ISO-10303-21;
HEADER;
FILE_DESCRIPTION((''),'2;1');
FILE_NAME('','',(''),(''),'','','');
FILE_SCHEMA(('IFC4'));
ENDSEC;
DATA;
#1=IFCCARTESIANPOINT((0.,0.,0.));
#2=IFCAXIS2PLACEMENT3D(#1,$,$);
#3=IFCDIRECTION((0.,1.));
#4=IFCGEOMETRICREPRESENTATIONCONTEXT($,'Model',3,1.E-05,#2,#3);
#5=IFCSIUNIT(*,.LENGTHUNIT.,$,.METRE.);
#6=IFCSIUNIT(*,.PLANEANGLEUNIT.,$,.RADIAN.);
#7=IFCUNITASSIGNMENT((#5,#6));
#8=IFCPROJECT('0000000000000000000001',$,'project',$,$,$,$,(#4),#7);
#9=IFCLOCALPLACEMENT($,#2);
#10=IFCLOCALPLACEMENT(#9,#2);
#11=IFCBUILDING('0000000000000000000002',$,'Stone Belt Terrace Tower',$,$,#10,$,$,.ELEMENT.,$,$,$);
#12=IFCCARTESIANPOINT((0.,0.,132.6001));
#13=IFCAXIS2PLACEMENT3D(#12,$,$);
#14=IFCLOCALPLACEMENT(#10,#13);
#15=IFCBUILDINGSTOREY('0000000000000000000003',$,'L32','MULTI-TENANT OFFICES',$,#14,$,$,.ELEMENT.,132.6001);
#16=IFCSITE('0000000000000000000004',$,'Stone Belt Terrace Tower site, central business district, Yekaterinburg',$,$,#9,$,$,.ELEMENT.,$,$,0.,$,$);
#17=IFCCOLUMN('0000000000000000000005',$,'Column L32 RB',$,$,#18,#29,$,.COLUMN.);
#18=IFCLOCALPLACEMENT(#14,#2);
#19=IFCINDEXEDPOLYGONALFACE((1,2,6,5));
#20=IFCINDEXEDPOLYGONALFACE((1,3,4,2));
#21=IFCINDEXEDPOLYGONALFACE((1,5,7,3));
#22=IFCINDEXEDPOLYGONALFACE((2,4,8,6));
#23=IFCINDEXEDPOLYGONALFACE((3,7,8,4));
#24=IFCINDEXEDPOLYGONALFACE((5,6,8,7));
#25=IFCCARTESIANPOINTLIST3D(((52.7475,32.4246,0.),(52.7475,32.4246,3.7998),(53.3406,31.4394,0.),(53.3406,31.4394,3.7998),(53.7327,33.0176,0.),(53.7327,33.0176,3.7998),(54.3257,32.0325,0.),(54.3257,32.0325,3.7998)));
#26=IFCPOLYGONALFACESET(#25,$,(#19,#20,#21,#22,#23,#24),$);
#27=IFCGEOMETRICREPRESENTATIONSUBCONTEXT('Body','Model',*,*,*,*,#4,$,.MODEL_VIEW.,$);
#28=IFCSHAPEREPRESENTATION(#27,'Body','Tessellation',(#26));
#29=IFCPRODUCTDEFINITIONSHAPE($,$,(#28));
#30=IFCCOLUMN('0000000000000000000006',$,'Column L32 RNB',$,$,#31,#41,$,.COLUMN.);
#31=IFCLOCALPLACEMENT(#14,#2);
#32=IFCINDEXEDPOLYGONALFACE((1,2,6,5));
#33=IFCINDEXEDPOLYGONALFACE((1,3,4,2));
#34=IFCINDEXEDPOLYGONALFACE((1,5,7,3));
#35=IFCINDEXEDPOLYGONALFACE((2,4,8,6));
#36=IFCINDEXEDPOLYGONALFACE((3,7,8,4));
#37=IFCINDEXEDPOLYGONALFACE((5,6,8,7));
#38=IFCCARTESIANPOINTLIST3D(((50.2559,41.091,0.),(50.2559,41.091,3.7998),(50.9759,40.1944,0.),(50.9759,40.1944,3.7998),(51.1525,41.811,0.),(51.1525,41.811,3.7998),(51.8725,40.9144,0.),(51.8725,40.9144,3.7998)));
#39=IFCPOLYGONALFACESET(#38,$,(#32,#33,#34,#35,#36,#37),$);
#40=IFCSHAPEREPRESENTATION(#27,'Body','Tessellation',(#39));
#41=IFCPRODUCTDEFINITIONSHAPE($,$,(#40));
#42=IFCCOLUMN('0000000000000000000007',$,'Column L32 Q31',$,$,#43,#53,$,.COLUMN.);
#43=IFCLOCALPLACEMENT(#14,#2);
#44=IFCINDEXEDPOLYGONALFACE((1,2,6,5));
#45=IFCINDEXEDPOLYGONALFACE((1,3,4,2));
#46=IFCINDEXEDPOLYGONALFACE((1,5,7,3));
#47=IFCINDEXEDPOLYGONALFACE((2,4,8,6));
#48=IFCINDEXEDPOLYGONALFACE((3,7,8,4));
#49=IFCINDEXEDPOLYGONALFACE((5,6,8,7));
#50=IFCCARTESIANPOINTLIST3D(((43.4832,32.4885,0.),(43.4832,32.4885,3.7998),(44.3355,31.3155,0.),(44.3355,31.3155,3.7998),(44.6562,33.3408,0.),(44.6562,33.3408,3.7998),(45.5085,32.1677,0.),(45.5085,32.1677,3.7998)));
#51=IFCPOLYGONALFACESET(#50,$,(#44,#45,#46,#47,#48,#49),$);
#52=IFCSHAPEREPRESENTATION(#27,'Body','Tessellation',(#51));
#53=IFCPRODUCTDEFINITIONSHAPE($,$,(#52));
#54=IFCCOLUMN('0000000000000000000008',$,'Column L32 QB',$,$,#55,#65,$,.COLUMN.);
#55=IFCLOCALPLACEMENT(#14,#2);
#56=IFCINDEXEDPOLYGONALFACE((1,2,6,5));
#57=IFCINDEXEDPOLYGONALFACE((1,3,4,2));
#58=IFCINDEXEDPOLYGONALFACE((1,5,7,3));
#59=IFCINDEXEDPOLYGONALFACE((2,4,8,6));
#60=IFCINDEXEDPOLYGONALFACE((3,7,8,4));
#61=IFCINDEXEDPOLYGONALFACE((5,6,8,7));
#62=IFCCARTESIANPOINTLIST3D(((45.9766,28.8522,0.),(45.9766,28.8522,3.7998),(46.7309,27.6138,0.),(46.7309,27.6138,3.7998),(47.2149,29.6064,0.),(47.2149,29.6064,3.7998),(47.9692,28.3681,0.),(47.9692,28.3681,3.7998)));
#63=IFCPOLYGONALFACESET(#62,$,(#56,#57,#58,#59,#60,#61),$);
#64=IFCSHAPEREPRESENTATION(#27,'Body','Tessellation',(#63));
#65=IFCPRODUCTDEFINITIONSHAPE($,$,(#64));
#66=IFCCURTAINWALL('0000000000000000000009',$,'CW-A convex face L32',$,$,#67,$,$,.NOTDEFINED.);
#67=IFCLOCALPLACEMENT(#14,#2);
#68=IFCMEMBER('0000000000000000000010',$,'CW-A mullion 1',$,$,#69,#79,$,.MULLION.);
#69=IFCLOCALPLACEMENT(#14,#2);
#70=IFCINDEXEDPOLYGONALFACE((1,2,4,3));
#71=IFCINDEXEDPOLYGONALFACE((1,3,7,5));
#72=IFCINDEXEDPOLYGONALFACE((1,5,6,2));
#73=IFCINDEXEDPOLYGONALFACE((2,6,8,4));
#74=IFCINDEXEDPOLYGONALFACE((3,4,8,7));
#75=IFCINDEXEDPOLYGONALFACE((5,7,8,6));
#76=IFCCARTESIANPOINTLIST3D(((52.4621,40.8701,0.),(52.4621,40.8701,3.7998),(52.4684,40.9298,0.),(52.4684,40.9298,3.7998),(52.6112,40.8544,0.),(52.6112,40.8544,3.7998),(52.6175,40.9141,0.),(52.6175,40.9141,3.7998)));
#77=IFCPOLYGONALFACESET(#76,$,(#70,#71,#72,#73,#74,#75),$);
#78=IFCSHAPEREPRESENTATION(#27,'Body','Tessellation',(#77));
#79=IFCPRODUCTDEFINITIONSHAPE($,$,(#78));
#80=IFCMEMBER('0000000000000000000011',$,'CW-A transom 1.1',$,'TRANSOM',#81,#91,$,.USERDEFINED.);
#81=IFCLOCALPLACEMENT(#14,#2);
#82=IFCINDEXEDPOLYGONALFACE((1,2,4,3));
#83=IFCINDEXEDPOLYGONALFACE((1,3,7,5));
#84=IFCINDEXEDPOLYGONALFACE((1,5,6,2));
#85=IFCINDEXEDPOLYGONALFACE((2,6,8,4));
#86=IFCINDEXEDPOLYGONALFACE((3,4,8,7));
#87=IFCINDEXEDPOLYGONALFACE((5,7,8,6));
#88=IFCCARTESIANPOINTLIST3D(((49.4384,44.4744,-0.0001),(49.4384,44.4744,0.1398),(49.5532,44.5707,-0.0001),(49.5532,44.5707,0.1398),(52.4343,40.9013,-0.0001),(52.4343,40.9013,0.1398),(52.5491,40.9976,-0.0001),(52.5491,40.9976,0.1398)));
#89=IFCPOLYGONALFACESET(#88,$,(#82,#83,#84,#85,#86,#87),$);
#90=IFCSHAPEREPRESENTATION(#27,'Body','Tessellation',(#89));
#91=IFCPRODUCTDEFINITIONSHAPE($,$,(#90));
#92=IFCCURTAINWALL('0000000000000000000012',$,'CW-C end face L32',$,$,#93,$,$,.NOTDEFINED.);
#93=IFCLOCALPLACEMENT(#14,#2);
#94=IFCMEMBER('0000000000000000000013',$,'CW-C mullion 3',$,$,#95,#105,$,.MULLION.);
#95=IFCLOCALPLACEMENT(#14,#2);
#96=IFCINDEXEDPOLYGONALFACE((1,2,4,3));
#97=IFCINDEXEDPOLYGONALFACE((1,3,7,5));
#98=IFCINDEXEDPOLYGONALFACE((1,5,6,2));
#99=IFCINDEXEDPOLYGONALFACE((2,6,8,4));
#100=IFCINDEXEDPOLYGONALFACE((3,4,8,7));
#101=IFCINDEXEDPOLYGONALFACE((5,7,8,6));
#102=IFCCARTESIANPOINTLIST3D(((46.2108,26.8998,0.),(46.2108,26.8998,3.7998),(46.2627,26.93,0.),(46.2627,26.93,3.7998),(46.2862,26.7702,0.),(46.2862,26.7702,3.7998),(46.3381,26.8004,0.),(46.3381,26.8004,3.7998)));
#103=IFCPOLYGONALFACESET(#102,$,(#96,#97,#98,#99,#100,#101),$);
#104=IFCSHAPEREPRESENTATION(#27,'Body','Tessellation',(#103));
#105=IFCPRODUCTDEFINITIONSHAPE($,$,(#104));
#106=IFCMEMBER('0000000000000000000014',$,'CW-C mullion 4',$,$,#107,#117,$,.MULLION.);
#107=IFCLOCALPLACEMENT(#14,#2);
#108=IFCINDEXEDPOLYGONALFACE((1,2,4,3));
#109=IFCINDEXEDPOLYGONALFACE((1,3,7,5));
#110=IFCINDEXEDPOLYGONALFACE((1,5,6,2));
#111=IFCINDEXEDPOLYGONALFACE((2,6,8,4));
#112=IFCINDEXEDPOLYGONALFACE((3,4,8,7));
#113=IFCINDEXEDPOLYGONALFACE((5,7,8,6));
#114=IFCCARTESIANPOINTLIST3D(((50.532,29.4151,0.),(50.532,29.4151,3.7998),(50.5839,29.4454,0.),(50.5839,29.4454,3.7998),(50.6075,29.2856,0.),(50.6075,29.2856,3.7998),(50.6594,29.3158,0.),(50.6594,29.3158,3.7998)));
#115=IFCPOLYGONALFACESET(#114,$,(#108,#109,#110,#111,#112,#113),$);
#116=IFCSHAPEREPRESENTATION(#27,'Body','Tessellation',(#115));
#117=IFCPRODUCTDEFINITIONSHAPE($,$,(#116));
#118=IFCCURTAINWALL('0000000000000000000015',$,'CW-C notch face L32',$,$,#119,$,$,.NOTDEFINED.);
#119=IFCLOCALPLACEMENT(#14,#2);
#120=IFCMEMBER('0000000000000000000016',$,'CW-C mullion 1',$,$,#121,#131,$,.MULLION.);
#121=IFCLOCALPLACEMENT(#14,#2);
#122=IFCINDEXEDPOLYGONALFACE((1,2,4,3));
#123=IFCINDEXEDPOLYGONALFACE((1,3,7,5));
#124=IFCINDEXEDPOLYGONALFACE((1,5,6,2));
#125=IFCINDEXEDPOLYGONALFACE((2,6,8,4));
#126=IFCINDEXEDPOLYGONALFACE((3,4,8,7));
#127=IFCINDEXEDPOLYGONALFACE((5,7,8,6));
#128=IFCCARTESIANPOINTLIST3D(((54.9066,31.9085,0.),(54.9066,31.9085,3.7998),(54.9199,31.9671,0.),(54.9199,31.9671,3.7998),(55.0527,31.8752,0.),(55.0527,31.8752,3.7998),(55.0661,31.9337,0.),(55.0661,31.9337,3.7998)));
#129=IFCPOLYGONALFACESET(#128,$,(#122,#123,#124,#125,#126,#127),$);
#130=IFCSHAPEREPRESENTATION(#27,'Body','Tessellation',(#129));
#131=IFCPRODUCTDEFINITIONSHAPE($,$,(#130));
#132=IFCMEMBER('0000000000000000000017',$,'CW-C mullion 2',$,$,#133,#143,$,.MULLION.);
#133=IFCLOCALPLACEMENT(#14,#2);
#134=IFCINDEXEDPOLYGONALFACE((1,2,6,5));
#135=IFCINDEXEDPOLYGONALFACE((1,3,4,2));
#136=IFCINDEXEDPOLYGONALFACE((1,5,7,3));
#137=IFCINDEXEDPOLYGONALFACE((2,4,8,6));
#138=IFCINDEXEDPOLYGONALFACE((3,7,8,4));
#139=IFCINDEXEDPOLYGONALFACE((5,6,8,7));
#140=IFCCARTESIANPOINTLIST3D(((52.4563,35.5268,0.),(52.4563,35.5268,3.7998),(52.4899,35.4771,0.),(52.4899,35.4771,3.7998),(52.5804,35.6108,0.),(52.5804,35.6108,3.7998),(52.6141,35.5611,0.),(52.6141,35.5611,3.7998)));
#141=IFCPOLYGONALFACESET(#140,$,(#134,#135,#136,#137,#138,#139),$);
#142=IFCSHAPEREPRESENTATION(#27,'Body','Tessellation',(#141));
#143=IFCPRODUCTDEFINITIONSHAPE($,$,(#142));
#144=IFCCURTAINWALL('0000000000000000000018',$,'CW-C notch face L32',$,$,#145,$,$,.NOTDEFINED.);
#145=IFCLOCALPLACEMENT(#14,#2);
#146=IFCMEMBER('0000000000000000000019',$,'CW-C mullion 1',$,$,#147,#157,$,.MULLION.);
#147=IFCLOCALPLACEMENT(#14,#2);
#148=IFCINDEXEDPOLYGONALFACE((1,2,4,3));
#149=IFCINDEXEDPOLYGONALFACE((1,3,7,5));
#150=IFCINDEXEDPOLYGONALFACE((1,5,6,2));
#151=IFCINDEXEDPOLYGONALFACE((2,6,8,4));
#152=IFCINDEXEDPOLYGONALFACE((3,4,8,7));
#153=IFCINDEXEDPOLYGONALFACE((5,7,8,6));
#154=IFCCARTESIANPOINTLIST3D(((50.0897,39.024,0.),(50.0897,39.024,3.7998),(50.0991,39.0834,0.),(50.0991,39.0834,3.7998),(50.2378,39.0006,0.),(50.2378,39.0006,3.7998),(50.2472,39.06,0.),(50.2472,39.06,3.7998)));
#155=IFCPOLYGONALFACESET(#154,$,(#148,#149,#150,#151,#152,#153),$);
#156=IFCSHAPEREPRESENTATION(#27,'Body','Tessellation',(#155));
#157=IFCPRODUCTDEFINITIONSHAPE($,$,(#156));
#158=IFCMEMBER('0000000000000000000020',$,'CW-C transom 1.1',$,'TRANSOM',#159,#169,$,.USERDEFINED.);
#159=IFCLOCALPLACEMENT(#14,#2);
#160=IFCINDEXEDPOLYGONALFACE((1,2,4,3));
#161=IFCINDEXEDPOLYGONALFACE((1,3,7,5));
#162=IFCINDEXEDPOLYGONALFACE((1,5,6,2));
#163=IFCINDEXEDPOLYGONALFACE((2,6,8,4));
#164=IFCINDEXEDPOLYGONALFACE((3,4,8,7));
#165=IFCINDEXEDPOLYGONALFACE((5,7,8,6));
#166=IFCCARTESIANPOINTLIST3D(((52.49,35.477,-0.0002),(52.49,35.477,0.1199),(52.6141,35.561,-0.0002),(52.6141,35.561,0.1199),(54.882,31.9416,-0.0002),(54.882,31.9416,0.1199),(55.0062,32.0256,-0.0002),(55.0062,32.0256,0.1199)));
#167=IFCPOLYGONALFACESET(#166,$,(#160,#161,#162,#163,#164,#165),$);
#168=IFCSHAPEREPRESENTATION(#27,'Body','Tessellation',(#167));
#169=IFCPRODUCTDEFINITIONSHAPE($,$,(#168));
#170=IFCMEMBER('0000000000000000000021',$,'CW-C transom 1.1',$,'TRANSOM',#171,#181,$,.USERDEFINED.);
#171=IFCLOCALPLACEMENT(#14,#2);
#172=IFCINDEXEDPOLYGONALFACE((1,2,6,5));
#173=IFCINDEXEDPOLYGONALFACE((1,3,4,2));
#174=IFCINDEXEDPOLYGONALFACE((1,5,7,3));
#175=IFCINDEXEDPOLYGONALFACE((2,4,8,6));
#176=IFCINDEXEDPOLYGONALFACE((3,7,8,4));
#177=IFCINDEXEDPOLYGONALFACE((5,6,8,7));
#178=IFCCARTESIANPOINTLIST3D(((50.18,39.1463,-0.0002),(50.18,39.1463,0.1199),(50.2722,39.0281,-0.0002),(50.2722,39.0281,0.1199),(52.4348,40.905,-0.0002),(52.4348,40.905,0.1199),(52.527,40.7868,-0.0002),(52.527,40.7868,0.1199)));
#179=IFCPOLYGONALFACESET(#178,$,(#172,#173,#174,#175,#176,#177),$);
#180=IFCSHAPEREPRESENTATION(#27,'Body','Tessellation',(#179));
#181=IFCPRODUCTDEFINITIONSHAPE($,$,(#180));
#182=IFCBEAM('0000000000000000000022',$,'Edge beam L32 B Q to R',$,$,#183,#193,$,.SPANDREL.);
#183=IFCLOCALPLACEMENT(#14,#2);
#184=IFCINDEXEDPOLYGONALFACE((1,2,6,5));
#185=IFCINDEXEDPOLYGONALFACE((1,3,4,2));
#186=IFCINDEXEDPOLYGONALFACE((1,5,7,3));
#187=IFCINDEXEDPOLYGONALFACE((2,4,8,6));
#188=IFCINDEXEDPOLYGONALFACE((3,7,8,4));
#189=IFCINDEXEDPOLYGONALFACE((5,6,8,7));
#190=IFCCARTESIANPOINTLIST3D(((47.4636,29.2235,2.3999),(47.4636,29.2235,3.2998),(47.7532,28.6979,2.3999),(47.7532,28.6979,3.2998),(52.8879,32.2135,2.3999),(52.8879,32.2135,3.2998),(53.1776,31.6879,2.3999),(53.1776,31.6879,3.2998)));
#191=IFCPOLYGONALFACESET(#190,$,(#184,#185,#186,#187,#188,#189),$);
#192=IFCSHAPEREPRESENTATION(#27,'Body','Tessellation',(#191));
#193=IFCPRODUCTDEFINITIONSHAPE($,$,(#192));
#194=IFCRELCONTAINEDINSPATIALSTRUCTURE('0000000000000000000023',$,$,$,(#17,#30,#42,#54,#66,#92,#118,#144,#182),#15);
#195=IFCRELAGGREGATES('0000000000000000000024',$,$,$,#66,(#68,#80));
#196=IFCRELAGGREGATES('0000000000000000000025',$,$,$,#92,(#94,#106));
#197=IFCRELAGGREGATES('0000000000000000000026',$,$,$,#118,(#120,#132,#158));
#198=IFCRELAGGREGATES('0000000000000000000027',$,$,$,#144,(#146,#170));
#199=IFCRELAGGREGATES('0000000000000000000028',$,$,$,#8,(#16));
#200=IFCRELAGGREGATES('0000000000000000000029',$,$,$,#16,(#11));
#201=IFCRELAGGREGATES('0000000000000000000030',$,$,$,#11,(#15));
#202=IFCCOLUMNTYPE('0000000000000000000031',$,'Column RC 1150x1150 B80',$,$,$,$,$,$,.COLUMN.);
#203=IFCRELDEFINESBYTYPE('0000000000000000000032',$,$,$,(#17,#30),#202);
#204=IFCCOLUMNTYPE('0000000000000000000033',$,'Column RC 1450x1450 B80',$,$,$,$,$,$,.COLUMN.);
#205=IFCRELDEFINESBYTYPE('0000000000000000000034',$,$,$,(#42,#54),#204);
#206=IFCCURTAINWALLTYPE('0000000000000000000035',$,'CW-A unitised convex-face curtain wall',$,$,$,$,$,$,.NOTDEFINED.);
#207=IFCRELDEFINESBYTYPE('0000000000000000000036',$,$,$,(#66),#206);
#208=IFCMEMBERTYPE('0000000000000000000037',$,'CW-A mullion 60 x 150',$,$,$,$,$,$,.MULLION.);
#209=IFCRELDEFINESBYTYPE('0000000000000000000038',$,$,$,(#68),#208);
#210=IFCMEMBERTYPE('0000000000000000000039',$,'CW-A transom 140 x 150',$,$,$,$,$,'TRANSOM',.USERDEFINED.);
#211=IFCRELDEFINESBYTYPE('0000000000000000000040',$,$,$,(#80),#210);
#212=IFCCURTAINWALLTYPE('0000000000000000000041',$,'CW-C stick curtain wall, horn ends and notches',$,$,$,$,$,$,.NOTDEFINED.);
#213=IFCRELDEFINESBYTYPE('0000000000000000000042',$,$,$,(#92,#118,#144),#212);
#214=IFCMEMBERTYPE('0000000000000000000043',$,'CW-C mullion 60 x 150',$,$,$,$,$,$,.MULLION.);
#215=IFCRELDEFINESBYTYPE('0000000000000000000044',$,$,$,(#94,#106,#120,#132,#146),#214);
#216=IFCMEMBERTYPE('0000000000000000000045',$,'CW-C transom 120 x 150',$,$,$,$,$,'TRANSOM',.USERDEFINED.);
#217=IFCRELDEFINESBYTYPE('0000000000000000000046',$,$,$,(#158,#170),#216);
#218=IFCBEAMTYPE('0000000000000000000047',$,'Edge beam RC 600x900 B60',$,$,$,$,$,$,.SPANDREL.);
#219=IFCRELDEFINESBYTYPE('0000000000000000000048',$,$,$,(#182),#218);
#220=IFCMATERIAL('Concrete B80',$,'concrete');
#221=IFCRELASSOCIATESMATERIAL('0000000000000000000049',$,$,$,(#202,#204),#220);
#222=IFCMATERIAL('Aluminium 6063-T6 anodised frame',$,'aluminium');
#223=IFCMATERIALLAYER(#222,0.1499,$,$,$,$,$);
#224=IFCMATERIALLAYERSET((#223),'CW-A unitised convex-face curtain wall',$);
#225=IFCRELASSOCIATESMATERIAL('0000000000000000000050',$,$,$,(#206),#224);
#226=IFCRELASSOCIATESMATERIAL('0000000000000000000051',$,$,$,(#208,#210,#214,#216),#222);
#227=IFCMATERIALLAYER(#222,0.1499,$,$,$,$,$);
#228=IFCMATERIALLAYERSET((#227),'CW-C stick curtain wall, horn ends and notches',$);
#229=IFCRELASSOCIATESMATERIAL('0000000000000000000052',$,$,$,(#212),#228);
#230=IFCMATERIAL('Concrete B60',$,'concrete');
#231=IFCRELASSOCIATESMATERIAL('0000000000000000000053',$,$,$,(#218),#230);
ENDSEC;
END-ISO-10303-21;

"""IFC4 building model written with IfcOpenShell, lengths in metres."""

from ifc_helpers import new_model, si_unit, direction, frame, origin, origin_2d, place, context, subcontext, project, spatial, rectangle, extrude, material, layer, layer_set, material_profile, profile_set, type_object, element, aggregate, save


model = new_model("IFC4")

# Units and contexts
model_context = context("Model", 3, precision=1e-05, world=origin(), true_north=direction((0.0, 1.0)))
body_context = subcontext(model_context, "Body", "Model", "MODEL_VIEW")
ifc_project = project(units=[si_unit("LENGTHUNIT", "METRE"), si_unit("PLANEANGLEUNIT", "RADIAN")], contexts=[model_context])

# Site, building, storey
site_placement = place(None, origin())
site = spatial("IfcSite", under=ifc_project, at=site_placement, Name="Stone Belt Terrace Tower site, central business district, Yekaterinburg", CompositionType="ELEMENT", RefElevation=0.0)
building_placement = place(site_placement, origin())
building = spatial("IfcBuilding", under=site, at=building_placement, Name="Stone Belt Terrace Tower", CompositionType="ELEMENT")
storey_placement = place(building_placement, frame((0.0, 0.0, 132.6001)))
storey = spatial("IfcBuildingStorey", under=building, at=storey_placement, Name="L32", Description="MULTI-TENANT OFFICES", CompositionType="ELEMENT", Elevation=132.6001)

# Columns
ifc_material_1 = material(Name="Concrete B80", Category="concrete")
ifc_material_profile_1 = material_profile(ifc_material_1, rectangle(XDim=1.1499, YDim=1.1499, at=origin_2d()), Name="RC 1150x1150")
ifc_profile_set_1 = profile_set([ifc_material_profile_1], Name="Concrete B80")
column_type_1 = type_object("IfcColumnType", Name="Column RC 1150x1150 B80", PredefinedType="COLUMN", material=ifc_profile_set_1)
for number, where, z_axis, x_axis, name in (
    (1, (53.5366, 32.2285, 0.0), (0.0, 0.0, 1.0), (0.51575, -0.856739, 0.0), "Column L32 RB"),
    (2, (51.0642, 41.0027, 0.0), (0.0, 0.0, 1.0), (0.626104, -0.779739, 0.0), "Column L32 RNB"),
):
    element("IfcColumn", number, at=place(storey_placement, frame(where, z_axis=z_axis, x_axis=x_axis)), inside=storey, type_object=column_type_1, Name=name, PredefinedType="COLUMN", context=body_context, shape_type="SweptSolid", body=[
        extrude(rectangle(XDim=1.1499, YDim=1.1499, at=origin_2d()), origin(), (0.0, 0.0, 1.0), 3.7998),
    ])
ifc_material_profile_2 = material_profile(ifc_material_1, rectangle(XDim=1.45, YDim=1.45, at=origin_2d()), Name="RC 1450x1450")
ifc_profile_set_2 = profile_set([ifc_material_profile_2], Name="Concrete B80")
column_type_2 = type_object("IfcColumnType", Name="Column RC 1450x1450 B80", PredefinedType="COLUMN", material=ifc_profile_set_2)
for number, where, z_axis, x_axis, name in (
    (3, (44.4958, 32.3281, 0.0), (0.0, 0.0, 1.0), (0.587785, -0.809017, 0.0), "Column L32 Q31"),
    (4, (46.9729, 28.6101, 0.0), (0.0, 0.0, 1.0), (0.520186, -0.854053, 0.0), "Column L32 QB"),
):
    element("IfcColumn", number, at=place(storey_placement, frame(where, z_axis=z_axis, x_axis=x_axis)), inside=storey, type_object=column_type_2, Name=name, PredefinedType="COLUMN", context=body_context, shape_type="SweptSolid", body=[
        extrude(rectangle(XDim=1.45, YDim=1.45, at=origin_2d()), origin(), (0.0, 0.0, 1.0), 3.7998),
    ])

# Curtain walls, members
ifc_material_2 = material(Name="Aluminium 6063-T6 anodised frame", Category="aluminium")
ifc_layer_1 = layer(ifc_material_2, 0.1499)
ifc_layer_set_1 = layer_set([ifc_layer_1], Name="CW-A unitised convex-face curtain wall")
curtain_wall_type_1 = type_object("IfcCurtainWallType", Name="CW-A unitised convex-face curtain wall", PredefinedType="NOTDEFINED", material=ifc_layer_set_1)
curtain_wall_1_placement = place(storey_placement, origin())
curtain_wall_1 = element("IfcCurtainWall", 5, at=curtain_wall_1_placement, inside=storey, type_object=curtain_wall_type_1, Name="CW-A convex face L32", PredefinedType="NOTDEFINED")
ifc_material_profile_3 = material_profile(ifc_material_2, rectangle(XDim=0.1499, YDim=0.0601, at=origin_2d()), Name="Aluminium 6063-T6 60x150")
ifc_profile_set_3 = profile_set([ifc_material_profile_3], Name="Aluminium 6063-T6 anodised frame")
member_type_1 = type_object("IfcMemberType", Name="CW-A mullion 60 x 150", PredefinedType="MULLION", material=ifc_profile_set_3)
member_1_placement = place(storey_placement, frame((52.5398, 40.8921, 0.0), z_axis=(0.0, 0.0, 1.0), x_axis=(-0.994465, 0.105071, 0.0)))
member_1 = element("IfcMember", 6, at=member_1_placement, type_object=member_type_1, Name="CW-A mullion 1", PredefinedType="MULLION", context=body_context, shape_type="SweptSolid", body=[
    extrude(rectangle(XDim=0.1499, YDim=0.0601, at=origin_2d()), origin(), (0.0, 0.0, 1.0), 3.7998),
])
ifc_material_profile_4 = material_profile(ifc_material_2, rectangle(XDim=0.1499, YDim=0.1399, at=origin_2d()), Name="Aluminium 6063-T6 150x140")
ifc_profile_set_4 = profile_set([ifc_material_profile_4], Name="Aluminium 6063-T6 anodised frame")
member_type_2 = type_object("IfcMemberType", Name="CW-A transom 140 x 150", ElementType="TRANSOM", PredefinedType="USERDEFINED", material=ifc_profile_set_4)
member_2_placement = place(storey_placement, frame((52.4917, 40.9495, 0.0698), z_axis=(-0.642504, 0.766282, 0.0), x_axis=(-0.766282, -0.642504, 0.0)))
member_2 = element("IfcMember", 7, at=member_2_placement, type_object=member_type_2, Name="CW-A transom 1.1", ObjectType="TRANSOM", PredefinedType="USERDEFINED", context=body_context, shape_type="SweptSolid", body=[
    extrude(rectangle(XDim=0.1499, YDim=0.1399, at=origin_2d()), origin(), (0.0, 0.0, 1.0), 4.6628),
])
aggregate(curtain_wall_1, [member_1, member_2])
ifc_layer_2 = layer(ifc_material_2, 0.1499)
ifc_layer_set_2 = layer_set([ifc_layer_2], Name="CW-C stick curtain wall, horn ends and notches")
curtain_wall_type_2 = type_object("IfcCurtainWallType", Name="CW-C stick curtain wall, horn ends and notches", PredefinedType="NOTDEFINED", material=ifc_layer_set_2)
curtain_wall_2_placement = place(storey_placement, origin())
curtain_wall_2 = element("IfcCurtainWall", 8, at=curtain_wall_2_placement, inside=storey, type_object=curtain_wall_type_2, Name="CW-C end face L32", PredefinedType="NOTDEFINED")
ifc_material_profile_5 = material_profile(ifc_material_2, rectangle(XDim=0.1499, YDim=0.0601, at=origin_2d()), Name="Aluminium 6063-T6 60x150")
ifc_profile_set_5 = profile_set([ifc_material_profile_5], Name="Aluminium 6063-T6 anodised frame")
member_type_3 = type_object("IfcMemberType", Name="CW-C mullion 60 x 150", PredefinedType="MULLION", material=ifc_profile_set_5)
member_3_placement = place(storey_placement, frame((46.2744, 26.8501, 0.0), z_axis=(0.0, 0.0, 1.0), x_axis=(-0.503081, 0.864239, 0.0)))
member_3 = element("IfcMember", 9, at=member_3_placement, type_object=member_type_3, Name="CW-C mullion 3", PredefinedType="MULLION", context=body_context, shape_type="SweptSolid", body=[
    extrude(rectangle(XDim=0.1499, YDim=0.0601, at=origin_2d()), origin(), (0.0, 0.0, 1.0), 3.7998),
])
member_4_placement = place(storey_placement, frame((50.5957, 29.3655, 0.0), z_axis=(0.0, 0.0, 1.0), x_axis=(-0.503081, 0.864239, 0.0)))
member_4 = element("IfcMember", 10, at=member_4_placement, type_object=member_type_3, Name="CW-C mullion 4", PredefinedType="MULLION", context=body_context, shape_type="SweptSolid", body=[
    extrude(rectangle(XDim=0.1499, YDim=0.0601, at=origin_2d()), origin(), (0.0, 0.0, 1.0), 3.7998),
])
curtain_wall_3_placement = place(storey_placement, origin())
curtain_wall_3 = element("IfcCurtainWall", 11, at=curtain_wall_3_placement, inside=storey, type_object=curtain_wall_type_2, Name="CW-C notch face L32", PredefinedType="NOTDEFINED")
member_5_placement = place(storey_placement, frame((54.9863, 31.9211, 0.0), z_axis=(0.0, 0.0, 1.0), x_axis=(-0.974927, 0.222525, 0.0)))
member_5 = element("IfcMember", 12, at=member_5_placement, type_object=member_type_3, Name="CW-C mullion 1", PredefinedType="MULLION", context=body_context, shape_type="SweptSolid", body=[
    extrude(rectangle(XDim=0.1499, YDim=0.0601, at=origin_2d()), origin(), (0.0, 0.0, 1.0), 3.7998),
])
member_6_placement = place(storey_placement, frame((52.5352, 35.5439, 0.0), z_axis=(0.0, 0.0, 1.0), x_axis=(-0.828244, -0.560367, 0.0)))
member_6 = element("IfcMember", 13, at=member_6_placement, type_object=member_type_3, Name="CW-C mullion 2", PredefinedType="MULLION", context=body_context, shape_type="SweptSolid", body=[
    extrude(rectangle(XDim=0.1499, YDim=0.0601, at=origin_2d()), origin(), (0.0, 0.0, 1.0), 3.7998),
])

# Curtain wall, member
curtain_wall_4_placement = place(storey_placement, origin())
curtain_wall_4 = element("IfcCurtainWall", 14, at=curtain_wall_4_placement, inside=storey, type_object=curtain_wall_type_2, Name="CW-C notch face L32", PredefinedType="NOTDEFINED")
member_7_placement = place(storey_placement, frame((50.1685, 39.042, 0.0), z_axis=(0.0, 0.0, 1.0), x_axis=(-0.987742, 0.156094, 0.0)))
member_7 = element("IfcMember", 15, at=member_7_placement, type_object=member_type_3, Name="CW-C mullion 1", PredefinedType="MULLION", context=body_context, shape_type="SweptSolid", body=[
    extrude(rectangle(XDim=0.1499, YDim=0.0601, at=origin_2d()), origin(), (0.0, 0.0, 1.0), 3.7998),
])

# Members
ifc_material_profile_6 = material_profile(ifc_material_2, rectangle(XDim=0.1499, YDim=0.1201, at=origin_2d()), Name="Aluminium 6063-T6 150x120")
ifc_profile_set_6 = profile_set([ifc_material_profile_6], Name="Aluminium 6063-T6 anodised frame")
member_type_4 = type_object("IfcMemberType", Name="CW-C transom 120 x 150", ElementType="TRANSOM", PredefinedType="USERDEFINED", material=ifc_profile_set_6)
member_8_placement = place(storey_placement, frame((54.9441, 31.9836, 0.0598), z_axis=(-0.560389, 0.82823, 0.0), x_axis=(-0.82823, -0.560389, 0.0)))
member_8 = element("IfcMember", 16, at=member_8_placement, type_object=member_type_4, Name="CW-C transom 1.1", ObjectType="TRANSOM", PredefinedType="USERDEFINED", context=body_context, shape_type="SweptSolid", body=[
    extrude(rectangle(XDim=0.1499, YDim=0.1201, at=origin_2d()), origin(), (0.0, 0.0, 1.0), 4.2686),
])
member_9_placement = place(storey_placement, frame((50.2261, 39.0872, 0.0598), z_axis=(0.788506, 0.615028, 0.0), x_axis=(-0.615028, 0.788506, 0.0)))
member_9 = element("IfcMember", 17, at=member_9_placement, type_object=member_type_4, Name="CW-C transom 1.1", ObjectType="TRANSOM", PredefinedType="USERDEFINED", context=body_context, shape_type="SweptSolid", body=[
    extrude(rectangle(XDim=0.1499, YDim=0.1201, at=origin_2d()), origin(), (0.0, 0.0, 1.0), 2.8596),
])

# Beam
ifc_material_3 = material(Name="Concrete B60", Category="concrete")
ifc_material_profile_7 = material_profile(ifc_material_3, rectangle(XDim=0.6001, YDim=0.8999, at=origin_2d()), Name="RC 600x900")
ifc_profile_set_7 = profile_set([ifc_material_profile_7], Name="Concrete B60")
beam_type = type_object("IfcBeamType", Name="Edge beam RC 600x900 B60", PredefinedType="SPANDREL", material=ifc_profile_set_7)
beam_placement = place(storey_placement, frame((47.6084, 28.9607, 2.8499), z_axis=(0.875764, 0.482739, 0.0), x_axis=(-0.482739, 0.875764, 0.0)))
element("IfcBeam", 18, at=beam_placement, inside=storey, type_object=beam_type, Name="Edge beam L32 B Q to R", PredefinedType="SPANDREL", context=body_context, shape_type="SweptSolid", body=[
    extrude(rectangle(XDim=0.6001, YDim=0.8999, at=origin_2d()), origin(), (0.0, 0.0, 1.0), 6.1938),
])

aggregate(curtain_wall_2, [member_3, member_4])
aggregate(curtain_wall_3, [member_5, member_6, member_8])
aggregate(curtain_wall_4, [member_7, member_9])

save(model, "model.ifc")
